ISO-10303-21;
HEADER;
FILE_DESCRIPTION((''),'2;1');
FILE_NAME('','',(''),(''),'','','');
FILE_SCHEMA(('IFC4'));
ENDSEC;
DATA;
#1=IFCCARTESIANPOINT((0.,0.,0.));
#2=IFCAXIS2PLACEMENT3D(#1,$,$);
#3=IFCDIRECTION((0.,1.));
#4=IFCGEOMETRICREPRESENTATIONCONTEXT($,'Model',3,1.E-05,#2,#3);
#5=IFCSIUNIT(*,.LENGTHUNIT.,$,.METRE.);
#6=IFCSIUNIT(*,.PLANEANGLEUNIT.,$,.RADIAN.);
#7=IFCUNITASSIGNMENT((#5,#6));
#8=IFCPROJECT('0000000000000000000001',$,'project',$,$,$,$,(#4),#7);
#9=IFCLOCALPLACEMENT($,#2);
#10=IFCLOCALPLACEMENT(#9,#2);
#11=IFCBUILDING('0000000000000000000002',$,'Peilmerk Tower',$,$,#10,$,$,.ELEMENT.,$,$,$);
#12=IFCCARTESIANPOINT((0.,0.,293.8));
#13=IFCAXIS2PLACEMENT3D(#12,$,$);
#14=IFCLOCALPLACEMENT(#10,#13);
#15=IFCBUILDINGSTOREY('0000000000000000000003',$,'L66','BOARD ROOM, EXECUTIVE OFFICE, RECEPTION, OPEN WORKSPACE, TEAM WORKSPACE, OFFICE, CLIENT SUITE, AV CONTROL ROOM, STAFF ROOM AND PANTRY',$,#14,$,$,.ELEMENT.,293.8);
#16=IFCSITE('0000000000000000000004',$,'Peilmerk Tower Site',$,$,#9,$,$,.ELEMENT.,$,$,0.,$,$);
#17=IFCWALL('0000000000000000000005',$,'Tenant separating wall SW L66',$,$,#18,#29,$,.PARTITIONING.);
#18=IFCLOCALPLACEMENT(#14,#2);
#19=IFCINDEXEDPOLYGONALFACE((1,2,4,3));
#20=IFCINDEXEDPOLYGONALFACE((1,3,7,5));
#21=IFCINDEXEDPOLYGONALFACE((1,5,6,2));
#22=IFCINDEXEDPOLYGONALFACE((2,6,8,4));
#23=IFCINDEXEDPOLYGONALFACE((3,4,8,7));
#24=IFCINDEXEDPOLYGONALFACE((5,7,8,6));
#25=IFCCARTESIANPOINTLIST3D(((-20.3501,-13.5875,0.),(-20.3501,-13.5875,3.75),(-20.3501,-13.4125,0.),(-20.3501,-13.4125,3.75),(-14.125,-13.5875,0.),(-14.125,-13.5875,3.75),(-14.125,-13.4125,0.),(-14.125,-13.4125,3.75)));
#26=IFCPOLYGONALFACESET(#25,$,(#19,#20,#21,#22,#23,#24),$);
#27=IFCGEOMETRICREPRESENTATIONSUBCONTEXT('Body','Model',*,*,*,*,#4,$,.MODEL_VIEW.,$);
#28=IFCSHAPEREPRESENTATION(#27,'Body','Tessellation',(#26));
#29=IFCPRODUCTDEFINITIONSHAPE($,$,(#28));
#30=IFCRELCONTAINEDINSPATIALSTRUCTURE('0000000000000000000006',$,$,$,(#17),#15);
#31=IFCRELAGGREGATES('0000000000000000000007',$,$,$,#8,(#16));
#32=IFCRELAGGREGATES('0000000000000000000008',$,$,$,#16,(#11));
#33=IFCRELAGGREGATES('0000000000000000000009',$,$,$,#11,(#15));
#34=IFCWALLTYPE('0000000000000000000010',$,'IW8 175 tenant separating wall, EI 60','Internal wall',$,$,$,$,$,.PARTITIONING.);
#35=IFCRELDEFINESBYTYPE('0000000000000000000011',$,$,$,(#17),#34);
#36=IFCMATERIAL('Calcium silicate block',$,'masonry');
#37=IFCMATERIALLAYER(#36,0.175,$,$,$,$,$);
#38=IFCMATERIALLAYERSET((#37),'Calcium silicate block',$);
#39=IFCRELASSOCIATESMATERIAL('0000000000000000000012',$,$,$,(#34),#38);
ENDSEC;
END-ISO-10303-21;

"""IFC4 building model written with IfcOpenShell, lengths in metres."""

from ifc_helpers import new_model, si_unit, direction, frame, frame_2d, origin, place, context, subcontext, project, spatial, rectangle, extrude, material, layer, layer_set, type_object, element, save


model = new_model("IFC4")

# Units and contexts
model_context = context("Model", 3, precision=1e-05, world=origin(), true_north=direction((0.0, 1.0)))
body_context = subcontext(model_context, "Body", "Model", "MODEL_VIEW")
ifc_project = project(units=[si_unit("LENGTHUNIT", "METRE"), si_unit("PLANEANGLEUNIT", "RADIAN")], contexts=[model_context])

# Site, building, storey
site_placement = place(None, origin())
site = spatial("IfcSite", under=ifc_project, at=site_placement, Name="Peilmerk Tower Site", CompositionType="ELEMENT", RefElevation=0.0)
building_placement = place(site_placement, origin())
building = spatial("IfcBuilding", under=site, at=building_placement, Name="Peilmerk Tower", CompositionType="ELEMENT")
storey_placement = place(building_placement, frame((0.0, 0.0, 293.8)))
storey = spatial("IfcBuildingStorey", under=building, at=storey_placement, Name="L66", Description="BOARD ROOM, EXECUTIVE OFFICE, RECEPTION, OPEN WORKSPACE, TEAM WORKSPACE, OFFICE, CLIENT SUITE, AV CONTROL ROOM, STAFF ROOM AND PANTRY", CompositionType="ELEMENT", Elevation=293.8)

# Shared definitions
ifc_material_1 = material(Name="Calcium silicate block", Category="masonry")

# Wall
ifc_layer_1 = layer(ifc_material_1, 0.175)
ifc_layer_set_1 = layer_set([ifc_layer_1], Name="Calcium silicate block")
wall_type_1 = type_object("IfcWallType", Name="IW8 175 tenant separating wall, EI 60", Description="Internal wall", PredefinedType="PARTITIONING", material=ifc_layer_set_1)
wall_1_placement = place(storey_placement, frame((-14.125, -13.5, 0.0), z_axis=(0.0, 0.0, 1.0), x_axis=(-1.0, 0.0, 0.0)))
element("IfcWall", 1, at=wall_1_placement, inside=storey, type_object=wall_type_1, Name="Tenant separating wall SW L66", PredefinedType="PARTITIONING", context=body_context, shape_type="SweptSolid", body=[
    extrude(rectangle(XDim=6.2251, YDim=0.175, at=frame_2d((3.1125, 0.0))), origin(), (0.0, 0.0, 1.0), 3.75),
])

save(model, "model.ifc")
